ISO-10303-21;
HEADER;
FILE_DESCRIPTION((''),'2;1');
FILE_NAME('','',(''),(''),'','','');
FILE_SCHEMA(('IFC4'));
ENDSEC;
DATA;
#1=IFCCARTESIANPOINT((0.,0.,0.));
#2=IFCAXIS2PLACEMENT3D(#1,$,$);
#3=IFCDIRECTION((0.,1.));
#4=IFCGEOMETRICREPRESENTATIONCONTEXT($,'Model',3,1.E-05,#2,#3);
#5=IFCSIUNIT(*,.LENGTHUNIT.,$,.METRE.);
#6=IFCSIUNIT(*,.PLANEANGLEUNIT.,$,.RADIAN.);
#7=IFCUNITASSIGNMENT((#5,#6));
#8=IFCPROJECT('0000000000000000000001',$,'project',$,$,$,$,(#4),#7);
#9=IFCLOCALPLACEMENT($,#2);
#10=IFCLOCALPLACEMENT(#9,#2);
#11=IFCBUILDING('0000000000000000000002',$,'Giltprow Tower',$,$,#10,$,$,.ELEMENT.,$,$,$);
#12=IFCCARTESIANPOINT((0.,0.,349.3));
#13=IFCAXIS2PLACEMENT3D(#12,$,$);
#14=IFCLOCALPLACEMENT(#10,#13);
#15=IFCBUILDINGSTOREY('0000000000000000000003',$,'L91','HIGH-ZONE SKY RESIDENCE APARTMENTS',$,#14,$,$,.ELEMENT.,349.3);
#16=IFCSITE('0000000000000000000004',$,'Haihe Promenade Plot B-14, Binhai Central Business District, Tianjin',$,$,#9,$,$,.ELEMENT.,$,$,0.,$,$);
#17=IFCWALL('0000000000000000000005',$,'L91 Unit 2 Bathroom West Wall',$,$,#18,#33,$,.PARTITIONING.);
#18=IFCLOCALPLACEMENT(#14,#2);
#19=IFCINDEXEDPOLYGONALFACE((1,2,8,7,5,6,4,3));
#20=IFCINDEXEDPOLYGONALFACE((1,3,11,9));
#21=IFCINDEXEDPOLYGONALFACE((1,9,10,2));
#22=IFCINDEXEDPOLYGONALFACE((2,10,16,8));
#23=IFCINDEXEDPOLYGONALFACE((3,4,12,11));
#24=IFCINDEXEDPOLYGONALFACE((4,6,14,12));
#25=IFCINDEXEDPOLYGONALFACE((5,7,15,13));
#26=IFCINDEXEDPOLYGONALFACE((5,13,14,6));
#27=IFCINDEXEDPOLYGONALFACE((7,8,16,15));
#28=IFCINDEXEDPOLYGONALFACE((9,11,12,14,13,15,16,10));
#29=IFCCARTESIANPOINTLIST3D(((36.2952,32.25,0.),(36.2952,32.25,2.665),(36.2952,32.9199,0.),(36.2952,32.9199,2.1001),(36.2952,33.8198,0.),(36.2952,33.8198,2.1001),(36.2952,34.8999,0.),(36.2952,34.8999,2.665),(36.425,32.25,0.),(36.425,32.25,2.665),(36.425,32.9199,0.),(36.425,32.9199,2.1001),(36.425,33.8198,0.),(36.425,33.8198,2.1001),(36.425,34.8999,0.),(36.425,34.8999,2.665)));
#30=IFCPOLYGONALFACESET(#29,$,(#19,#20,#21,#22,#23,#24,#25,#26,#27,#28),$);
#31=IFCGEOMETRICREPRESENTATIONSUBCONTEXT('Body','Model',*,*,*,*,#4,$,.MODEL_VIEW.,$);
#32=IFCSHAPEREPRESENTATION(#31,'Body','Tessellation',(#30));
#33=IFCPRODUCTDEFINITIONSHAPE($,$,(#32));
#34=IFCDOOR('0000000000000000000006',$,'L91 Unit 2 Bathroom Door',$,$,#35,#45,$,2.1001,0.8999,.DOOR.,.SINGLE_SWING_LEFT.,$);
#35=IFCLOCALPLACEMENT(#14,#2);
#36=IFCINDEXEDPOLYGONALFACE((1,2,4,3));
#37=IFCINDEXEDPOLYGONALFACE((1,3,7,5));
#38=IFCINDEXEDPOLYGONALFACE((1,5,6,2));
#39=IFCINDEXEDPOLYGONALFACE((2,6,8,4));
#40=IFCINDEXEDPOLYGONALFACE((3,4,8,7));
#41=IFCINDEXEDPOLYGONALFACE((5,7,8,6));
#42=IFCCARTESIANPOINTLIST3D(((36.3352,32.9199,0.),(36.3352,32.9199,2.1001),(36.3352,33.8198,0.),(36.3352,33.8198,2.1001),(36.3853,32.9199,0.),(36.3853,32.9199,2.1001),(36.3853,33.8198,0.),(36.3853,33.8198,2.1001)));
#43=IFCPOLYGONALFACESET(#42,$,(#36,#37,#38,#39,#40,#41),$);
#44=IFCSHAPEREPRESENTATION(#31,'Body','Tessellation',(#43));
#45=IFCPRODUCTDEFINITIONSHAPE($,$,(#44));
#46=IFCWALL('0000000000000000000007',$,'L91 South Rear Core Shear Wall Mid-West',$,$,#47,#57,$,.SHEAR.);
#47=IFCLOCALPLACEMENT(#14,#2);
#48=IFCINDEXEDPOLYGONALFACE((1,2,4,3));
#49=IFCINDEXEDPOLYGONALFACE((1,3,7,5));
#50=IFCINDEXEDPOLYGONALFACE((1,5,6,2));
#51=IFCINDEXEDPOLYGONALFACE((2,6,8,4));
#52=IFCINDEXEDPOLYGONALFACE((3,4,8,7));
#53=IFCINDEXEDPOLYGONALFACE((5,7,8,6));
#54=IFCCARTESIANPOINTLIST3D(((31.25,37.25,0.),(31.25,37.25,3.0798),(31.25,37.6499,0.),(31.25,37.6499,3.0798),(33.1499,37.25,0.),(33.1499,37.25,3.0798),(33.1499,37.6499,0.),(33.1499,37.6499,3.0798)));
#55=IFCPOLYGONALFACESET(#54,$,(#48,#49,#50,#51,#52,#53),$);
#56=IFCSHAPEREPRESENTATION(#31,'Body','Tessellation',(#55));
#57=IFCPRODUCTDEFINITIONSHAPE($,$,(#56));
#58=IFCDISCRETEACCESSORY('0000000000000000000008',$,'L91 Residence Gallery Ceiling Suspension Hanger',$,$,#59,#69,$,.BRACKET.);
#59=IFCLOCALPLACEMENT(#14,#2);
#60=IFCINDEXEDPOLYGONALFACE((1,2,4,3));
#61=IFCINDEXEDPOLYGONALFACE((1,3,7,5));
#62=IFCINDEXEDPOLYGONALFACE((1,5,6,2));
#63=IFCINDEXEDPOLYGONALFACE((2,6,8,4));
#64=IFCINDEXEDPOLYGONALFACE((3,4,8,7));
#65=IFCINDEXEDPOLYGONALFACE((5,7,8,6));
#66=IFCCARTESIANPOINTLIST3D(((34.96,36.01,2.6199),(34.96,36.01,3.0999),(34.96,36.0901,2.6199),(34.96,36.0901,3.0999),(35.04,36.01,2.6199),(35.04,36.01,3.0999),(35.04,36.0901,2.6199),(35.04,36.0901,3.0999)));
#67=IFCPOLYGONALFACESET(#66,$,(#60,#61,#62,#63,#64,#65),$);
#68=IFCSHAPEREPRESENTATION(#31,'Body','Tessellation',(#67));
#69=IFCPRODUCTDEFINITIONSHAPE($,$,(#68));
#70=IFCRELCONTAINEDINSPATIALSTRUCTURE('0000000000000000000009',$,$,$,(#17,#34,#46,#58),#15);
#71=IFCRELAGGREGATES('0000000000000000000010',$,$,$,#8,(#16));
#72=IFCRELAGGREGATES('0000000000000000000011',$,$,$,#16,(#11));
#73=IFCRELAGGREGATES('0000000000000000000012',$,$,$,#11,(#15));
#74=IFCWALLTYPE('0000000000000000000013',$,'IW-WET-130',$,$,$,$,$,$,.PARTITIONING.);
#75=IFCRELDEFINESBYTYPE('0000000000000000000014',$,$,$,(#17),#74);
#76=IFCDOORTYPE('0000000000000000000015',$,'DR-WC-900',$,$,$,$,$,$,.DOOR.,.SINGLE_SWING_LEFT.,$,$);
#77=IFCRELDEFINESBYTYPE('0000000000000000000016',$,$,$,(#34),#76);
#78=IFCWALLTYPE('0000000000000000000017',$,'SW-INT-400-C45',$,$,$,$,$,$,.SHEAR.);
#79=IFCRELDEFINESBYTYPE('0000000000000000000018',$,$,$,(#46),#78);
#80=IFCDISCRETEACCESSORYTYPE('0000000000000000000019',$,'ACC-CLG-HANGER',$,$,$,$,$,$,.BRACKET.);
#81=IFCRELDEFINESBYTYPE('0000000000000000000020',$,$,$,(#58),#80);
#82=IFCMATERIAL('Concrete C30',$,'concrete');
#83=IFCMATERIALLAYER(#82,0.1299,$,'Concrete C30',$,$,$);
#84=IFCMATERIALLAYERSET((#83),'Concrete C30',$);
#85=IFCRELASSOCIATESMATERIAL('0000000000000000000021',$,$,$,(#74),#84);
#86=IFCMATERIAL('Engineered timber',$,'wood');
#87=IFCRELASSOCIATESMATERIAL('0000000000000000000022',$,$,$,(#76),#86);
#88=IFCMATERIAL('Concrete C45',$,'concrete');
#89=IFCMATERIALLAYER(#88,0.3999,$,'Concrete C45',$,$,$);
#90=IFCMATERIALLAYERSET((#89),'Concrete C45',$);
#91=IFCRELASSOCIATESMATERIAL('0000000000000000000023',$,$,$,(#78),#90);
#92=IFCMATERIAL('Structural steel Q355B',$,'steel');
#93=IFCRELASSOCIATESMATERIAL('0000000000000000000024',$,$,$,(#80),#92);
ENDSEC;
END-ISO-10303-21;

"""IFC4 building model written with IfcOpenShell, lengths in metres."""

from ifc_helpers import new_model, si_unit, direction, frame, frame_2d, origin, origin_2d, place, context, subcontext, project, spatial, rectangle, extrude, source, transform, mapped, material, layer, layer_set, type_object, element, fill, save


model = new_model("IFC4")

# Units and contexts
model_context = context("Model", 3, precision=1e-05, world=origin(), true_north=direction((0.0, 1.0)))
body_context = subcontext(model_context, "Body", "Model", "MODEL_VIEW")
ifc_project = project(units=[si_unit("LENGTHUNIT", "METRE"), si_unit("PLANEANGLEUNIT", "RADIAN")], contexts=[model_context])

# Site, building, storey
site_placement = place(None, origin())
site = spatial("IfcSite", under=ifc_project, at=site_placement, Name="Haihe Promenade Plot B-14, Binhai Central Business District, Tianjin", CompositionType="ELEMENT", RefElevation=0.0)
building_placement = place(site_placement, origin())
building = spatial("IfcBuilding", under=site, at=building_placement, Name="Giltprow Tower", CompositionType="ELEMENT")
storey_placement = place(building_placement, frame((0.0, 0.0, 349.3)))
storey = spatial("IfcBuildingStorey", under=building, at=storey_placement, Name="L91", Description="HIGH-ZONE SKY RESIDENCE APARTMENTS", CompositionType="ELEMENT", Elevation=349.3)

# Shared definitions
ifc_material_1 = material(Name="Structural steel Q355B", Category="steel")

# Shared definitions
ifc_material_2 = material(Name="Engineered timber", Category="wood")

# Shared definitions
ifc_material_3 = material(Name="Concrete C30", Category="concrete")
ifc_layer_1 = layer(ifc_material_3, 0.1299, Name="Concrete C30")
ifc_layer_set_1 = layer_set([ifc_layer_1], Name="Concrete C30")
wall_type_1 = type_object("IfcWallType", Name="IW-WET-130", PredefinedType="PARTITIONING", material=ifc_layer_set_1)

# Wall, opening, door
wall_1_placement = place(storey_placement, frame((36.3601, 32.25, 0.0), z_axis=(0.0, 0.0, 1.0), x_axis=(0.0, 1.0, 0.0)))
wall_1 = element("IfcWall", 1, at=wall_1_placement, inside=storey, type_object=wall_type_1, Name="L91 Unit 2 Bathroom West Wall", PredefinedType="PARTITIONING", context=body_context, shape_type="SweptSolid", body=[
    extrude(rectangle(XDim=2.6499, YDim=0.1299, at=frame_2d((1.325, 0.0))), origin(), (0.0, 0.0, 1.0), 2.665),
])
opening_1_placement = place(wall_1_placement, frame((0.6699, 0.0, 0.0)))
opening_1 = element("IfcOpeningElement", 2, at=opening_1_placement, cuts=wall_1, PredefinedType="OPENING", context=body_context, shape_type="SweptSolid", body=[
    extrude(rectangle(XDim=0.8999, YDim=2.1001, at=frame_2d((0.45, 1.05))), frame((0.0, 0.075, 0.0), z_axis=(0.0, -1.0, 0.0), x_axis=(1.0, 0.0, 0.0)), (0.0, 0.0, 1.0), 0.1499),
])
door_type_1 = type_object("IfcDoorType", Name="DR-WC-900", OperationType="SINGLE_SWING_LEFT", PredefinedType="DOOR", material=ifc_material_2)
shared_shape_1 = source(origin(), body_context, "Body", "SweptSolid", [
    extrude(rectangle(XDim=0.8999, YDim=2.1001, at=frame_2d((0.45, 1.05))), frame((0.0, 0.0249, 0.0), z_axis=(0.0, -1.0, 0.0), x_axis=(1.0, 0.0, 0.0)), (0.0, 0.0, 1.0), 0.05),
])
door_1_placement = place(opening_1_placement, origin())
door_1 = element("IfcDoor", 3, at=door_1_placement, inside=storey, type_object=door_type_1, Name="L91 Unit 2 Bathroom Door", OperationType="SINGLE_SWING_LEFT", OverallHeight=2.1001, OverallWidth=0.8999, PredefinedType="DOOR", context=body_context, shape_type="MappedRepresentation", body=[
    mapped(shared_shape_1, transform((0.0, 0.0, 0.0), x_axis=(1.0, 0.0, 0.0), y_axis=(0.0, 1.0, 0.0), z_axis=(0.0, 0.0, 1.0), scale=1.0)),
])
fill(opening_1, door_1)

# Wall
ifc_material_4 = material(Name="Concrete C45", Category="concrete")
ifc_layer_2 = layer(ifc_material_4, 0.3999, Name="Concrete C45")
ifc_layer_set_2 = layer_set([ifc_layer_2], Name="Concrete C45")
wall_type_2 = type_object("IfcWallType", Name="SW-INT-400-C45", PredefinedType="SHEAR", material=ifc_layer_set_2)
wall_2_placement = place(storey_placement, frame((31.25, 37.45, 0.0), z_axis=(0.0, 0.0, 1.0), x_axis=(1.0, 0.0, 0.0)))
element("IfcWall", 4, at=wall_2_placement, inside=storey, type_object=wall_type_2, Name="L91 South Rear Core Shear Wall Mid-West", PredefinedType="SHEAR", context=body_context, shape_type="SweptSolid", body=[
    extrude(rectangle(XDim=1.8999, YDim=0.3999, at=frame_2d((0.95, 0.0))), origin(), (0.0, 0.0, 1.0), 3.0798),
])

# Discrete accessory
discrete_accessory_type = type_object("IfcDiscreteAccessoryType", Name="ACC-CLG-HANGER", PredefinedType="BRACKET", material=ifc_material_1)
shared_shape_2 = source(origin(), body_context, "Body", "SweptSolid", [
    extrude(rectangle(XDim=0.0801, YDim=0.0801, at=origin_2d()), origin(), (0.0, 0.0, 1.0), 0.48),
])
discrete_accessory_placement = place(storey_placement, frame((35.0, 36.05, 2.6199), z_axis=(0.0, 0.0, 1.0), x_axis=(1.0, 0.0, 0.0)))
element("IfcDiscreteAccessory", 5, at=discrete_accessory_placement, inside=storey, type_object=discrete_accessory_type, Name="L91 Residence Gallery Ceiling Suspension Hanger", PredefinedType="BRACKET", context=body_context, shape_type="MappedRepresentation", body=[
    mapped(shared_shape_2, transform((0.0, 0.0, 0.0), x_axis=(1.0, 0.0, 0.0), y_axis=(0.0, 1.0, 0.0), z_axis=(0.0, 0.0, 1.0), scale=1.0)),
])

save(model, "model.ifc")
